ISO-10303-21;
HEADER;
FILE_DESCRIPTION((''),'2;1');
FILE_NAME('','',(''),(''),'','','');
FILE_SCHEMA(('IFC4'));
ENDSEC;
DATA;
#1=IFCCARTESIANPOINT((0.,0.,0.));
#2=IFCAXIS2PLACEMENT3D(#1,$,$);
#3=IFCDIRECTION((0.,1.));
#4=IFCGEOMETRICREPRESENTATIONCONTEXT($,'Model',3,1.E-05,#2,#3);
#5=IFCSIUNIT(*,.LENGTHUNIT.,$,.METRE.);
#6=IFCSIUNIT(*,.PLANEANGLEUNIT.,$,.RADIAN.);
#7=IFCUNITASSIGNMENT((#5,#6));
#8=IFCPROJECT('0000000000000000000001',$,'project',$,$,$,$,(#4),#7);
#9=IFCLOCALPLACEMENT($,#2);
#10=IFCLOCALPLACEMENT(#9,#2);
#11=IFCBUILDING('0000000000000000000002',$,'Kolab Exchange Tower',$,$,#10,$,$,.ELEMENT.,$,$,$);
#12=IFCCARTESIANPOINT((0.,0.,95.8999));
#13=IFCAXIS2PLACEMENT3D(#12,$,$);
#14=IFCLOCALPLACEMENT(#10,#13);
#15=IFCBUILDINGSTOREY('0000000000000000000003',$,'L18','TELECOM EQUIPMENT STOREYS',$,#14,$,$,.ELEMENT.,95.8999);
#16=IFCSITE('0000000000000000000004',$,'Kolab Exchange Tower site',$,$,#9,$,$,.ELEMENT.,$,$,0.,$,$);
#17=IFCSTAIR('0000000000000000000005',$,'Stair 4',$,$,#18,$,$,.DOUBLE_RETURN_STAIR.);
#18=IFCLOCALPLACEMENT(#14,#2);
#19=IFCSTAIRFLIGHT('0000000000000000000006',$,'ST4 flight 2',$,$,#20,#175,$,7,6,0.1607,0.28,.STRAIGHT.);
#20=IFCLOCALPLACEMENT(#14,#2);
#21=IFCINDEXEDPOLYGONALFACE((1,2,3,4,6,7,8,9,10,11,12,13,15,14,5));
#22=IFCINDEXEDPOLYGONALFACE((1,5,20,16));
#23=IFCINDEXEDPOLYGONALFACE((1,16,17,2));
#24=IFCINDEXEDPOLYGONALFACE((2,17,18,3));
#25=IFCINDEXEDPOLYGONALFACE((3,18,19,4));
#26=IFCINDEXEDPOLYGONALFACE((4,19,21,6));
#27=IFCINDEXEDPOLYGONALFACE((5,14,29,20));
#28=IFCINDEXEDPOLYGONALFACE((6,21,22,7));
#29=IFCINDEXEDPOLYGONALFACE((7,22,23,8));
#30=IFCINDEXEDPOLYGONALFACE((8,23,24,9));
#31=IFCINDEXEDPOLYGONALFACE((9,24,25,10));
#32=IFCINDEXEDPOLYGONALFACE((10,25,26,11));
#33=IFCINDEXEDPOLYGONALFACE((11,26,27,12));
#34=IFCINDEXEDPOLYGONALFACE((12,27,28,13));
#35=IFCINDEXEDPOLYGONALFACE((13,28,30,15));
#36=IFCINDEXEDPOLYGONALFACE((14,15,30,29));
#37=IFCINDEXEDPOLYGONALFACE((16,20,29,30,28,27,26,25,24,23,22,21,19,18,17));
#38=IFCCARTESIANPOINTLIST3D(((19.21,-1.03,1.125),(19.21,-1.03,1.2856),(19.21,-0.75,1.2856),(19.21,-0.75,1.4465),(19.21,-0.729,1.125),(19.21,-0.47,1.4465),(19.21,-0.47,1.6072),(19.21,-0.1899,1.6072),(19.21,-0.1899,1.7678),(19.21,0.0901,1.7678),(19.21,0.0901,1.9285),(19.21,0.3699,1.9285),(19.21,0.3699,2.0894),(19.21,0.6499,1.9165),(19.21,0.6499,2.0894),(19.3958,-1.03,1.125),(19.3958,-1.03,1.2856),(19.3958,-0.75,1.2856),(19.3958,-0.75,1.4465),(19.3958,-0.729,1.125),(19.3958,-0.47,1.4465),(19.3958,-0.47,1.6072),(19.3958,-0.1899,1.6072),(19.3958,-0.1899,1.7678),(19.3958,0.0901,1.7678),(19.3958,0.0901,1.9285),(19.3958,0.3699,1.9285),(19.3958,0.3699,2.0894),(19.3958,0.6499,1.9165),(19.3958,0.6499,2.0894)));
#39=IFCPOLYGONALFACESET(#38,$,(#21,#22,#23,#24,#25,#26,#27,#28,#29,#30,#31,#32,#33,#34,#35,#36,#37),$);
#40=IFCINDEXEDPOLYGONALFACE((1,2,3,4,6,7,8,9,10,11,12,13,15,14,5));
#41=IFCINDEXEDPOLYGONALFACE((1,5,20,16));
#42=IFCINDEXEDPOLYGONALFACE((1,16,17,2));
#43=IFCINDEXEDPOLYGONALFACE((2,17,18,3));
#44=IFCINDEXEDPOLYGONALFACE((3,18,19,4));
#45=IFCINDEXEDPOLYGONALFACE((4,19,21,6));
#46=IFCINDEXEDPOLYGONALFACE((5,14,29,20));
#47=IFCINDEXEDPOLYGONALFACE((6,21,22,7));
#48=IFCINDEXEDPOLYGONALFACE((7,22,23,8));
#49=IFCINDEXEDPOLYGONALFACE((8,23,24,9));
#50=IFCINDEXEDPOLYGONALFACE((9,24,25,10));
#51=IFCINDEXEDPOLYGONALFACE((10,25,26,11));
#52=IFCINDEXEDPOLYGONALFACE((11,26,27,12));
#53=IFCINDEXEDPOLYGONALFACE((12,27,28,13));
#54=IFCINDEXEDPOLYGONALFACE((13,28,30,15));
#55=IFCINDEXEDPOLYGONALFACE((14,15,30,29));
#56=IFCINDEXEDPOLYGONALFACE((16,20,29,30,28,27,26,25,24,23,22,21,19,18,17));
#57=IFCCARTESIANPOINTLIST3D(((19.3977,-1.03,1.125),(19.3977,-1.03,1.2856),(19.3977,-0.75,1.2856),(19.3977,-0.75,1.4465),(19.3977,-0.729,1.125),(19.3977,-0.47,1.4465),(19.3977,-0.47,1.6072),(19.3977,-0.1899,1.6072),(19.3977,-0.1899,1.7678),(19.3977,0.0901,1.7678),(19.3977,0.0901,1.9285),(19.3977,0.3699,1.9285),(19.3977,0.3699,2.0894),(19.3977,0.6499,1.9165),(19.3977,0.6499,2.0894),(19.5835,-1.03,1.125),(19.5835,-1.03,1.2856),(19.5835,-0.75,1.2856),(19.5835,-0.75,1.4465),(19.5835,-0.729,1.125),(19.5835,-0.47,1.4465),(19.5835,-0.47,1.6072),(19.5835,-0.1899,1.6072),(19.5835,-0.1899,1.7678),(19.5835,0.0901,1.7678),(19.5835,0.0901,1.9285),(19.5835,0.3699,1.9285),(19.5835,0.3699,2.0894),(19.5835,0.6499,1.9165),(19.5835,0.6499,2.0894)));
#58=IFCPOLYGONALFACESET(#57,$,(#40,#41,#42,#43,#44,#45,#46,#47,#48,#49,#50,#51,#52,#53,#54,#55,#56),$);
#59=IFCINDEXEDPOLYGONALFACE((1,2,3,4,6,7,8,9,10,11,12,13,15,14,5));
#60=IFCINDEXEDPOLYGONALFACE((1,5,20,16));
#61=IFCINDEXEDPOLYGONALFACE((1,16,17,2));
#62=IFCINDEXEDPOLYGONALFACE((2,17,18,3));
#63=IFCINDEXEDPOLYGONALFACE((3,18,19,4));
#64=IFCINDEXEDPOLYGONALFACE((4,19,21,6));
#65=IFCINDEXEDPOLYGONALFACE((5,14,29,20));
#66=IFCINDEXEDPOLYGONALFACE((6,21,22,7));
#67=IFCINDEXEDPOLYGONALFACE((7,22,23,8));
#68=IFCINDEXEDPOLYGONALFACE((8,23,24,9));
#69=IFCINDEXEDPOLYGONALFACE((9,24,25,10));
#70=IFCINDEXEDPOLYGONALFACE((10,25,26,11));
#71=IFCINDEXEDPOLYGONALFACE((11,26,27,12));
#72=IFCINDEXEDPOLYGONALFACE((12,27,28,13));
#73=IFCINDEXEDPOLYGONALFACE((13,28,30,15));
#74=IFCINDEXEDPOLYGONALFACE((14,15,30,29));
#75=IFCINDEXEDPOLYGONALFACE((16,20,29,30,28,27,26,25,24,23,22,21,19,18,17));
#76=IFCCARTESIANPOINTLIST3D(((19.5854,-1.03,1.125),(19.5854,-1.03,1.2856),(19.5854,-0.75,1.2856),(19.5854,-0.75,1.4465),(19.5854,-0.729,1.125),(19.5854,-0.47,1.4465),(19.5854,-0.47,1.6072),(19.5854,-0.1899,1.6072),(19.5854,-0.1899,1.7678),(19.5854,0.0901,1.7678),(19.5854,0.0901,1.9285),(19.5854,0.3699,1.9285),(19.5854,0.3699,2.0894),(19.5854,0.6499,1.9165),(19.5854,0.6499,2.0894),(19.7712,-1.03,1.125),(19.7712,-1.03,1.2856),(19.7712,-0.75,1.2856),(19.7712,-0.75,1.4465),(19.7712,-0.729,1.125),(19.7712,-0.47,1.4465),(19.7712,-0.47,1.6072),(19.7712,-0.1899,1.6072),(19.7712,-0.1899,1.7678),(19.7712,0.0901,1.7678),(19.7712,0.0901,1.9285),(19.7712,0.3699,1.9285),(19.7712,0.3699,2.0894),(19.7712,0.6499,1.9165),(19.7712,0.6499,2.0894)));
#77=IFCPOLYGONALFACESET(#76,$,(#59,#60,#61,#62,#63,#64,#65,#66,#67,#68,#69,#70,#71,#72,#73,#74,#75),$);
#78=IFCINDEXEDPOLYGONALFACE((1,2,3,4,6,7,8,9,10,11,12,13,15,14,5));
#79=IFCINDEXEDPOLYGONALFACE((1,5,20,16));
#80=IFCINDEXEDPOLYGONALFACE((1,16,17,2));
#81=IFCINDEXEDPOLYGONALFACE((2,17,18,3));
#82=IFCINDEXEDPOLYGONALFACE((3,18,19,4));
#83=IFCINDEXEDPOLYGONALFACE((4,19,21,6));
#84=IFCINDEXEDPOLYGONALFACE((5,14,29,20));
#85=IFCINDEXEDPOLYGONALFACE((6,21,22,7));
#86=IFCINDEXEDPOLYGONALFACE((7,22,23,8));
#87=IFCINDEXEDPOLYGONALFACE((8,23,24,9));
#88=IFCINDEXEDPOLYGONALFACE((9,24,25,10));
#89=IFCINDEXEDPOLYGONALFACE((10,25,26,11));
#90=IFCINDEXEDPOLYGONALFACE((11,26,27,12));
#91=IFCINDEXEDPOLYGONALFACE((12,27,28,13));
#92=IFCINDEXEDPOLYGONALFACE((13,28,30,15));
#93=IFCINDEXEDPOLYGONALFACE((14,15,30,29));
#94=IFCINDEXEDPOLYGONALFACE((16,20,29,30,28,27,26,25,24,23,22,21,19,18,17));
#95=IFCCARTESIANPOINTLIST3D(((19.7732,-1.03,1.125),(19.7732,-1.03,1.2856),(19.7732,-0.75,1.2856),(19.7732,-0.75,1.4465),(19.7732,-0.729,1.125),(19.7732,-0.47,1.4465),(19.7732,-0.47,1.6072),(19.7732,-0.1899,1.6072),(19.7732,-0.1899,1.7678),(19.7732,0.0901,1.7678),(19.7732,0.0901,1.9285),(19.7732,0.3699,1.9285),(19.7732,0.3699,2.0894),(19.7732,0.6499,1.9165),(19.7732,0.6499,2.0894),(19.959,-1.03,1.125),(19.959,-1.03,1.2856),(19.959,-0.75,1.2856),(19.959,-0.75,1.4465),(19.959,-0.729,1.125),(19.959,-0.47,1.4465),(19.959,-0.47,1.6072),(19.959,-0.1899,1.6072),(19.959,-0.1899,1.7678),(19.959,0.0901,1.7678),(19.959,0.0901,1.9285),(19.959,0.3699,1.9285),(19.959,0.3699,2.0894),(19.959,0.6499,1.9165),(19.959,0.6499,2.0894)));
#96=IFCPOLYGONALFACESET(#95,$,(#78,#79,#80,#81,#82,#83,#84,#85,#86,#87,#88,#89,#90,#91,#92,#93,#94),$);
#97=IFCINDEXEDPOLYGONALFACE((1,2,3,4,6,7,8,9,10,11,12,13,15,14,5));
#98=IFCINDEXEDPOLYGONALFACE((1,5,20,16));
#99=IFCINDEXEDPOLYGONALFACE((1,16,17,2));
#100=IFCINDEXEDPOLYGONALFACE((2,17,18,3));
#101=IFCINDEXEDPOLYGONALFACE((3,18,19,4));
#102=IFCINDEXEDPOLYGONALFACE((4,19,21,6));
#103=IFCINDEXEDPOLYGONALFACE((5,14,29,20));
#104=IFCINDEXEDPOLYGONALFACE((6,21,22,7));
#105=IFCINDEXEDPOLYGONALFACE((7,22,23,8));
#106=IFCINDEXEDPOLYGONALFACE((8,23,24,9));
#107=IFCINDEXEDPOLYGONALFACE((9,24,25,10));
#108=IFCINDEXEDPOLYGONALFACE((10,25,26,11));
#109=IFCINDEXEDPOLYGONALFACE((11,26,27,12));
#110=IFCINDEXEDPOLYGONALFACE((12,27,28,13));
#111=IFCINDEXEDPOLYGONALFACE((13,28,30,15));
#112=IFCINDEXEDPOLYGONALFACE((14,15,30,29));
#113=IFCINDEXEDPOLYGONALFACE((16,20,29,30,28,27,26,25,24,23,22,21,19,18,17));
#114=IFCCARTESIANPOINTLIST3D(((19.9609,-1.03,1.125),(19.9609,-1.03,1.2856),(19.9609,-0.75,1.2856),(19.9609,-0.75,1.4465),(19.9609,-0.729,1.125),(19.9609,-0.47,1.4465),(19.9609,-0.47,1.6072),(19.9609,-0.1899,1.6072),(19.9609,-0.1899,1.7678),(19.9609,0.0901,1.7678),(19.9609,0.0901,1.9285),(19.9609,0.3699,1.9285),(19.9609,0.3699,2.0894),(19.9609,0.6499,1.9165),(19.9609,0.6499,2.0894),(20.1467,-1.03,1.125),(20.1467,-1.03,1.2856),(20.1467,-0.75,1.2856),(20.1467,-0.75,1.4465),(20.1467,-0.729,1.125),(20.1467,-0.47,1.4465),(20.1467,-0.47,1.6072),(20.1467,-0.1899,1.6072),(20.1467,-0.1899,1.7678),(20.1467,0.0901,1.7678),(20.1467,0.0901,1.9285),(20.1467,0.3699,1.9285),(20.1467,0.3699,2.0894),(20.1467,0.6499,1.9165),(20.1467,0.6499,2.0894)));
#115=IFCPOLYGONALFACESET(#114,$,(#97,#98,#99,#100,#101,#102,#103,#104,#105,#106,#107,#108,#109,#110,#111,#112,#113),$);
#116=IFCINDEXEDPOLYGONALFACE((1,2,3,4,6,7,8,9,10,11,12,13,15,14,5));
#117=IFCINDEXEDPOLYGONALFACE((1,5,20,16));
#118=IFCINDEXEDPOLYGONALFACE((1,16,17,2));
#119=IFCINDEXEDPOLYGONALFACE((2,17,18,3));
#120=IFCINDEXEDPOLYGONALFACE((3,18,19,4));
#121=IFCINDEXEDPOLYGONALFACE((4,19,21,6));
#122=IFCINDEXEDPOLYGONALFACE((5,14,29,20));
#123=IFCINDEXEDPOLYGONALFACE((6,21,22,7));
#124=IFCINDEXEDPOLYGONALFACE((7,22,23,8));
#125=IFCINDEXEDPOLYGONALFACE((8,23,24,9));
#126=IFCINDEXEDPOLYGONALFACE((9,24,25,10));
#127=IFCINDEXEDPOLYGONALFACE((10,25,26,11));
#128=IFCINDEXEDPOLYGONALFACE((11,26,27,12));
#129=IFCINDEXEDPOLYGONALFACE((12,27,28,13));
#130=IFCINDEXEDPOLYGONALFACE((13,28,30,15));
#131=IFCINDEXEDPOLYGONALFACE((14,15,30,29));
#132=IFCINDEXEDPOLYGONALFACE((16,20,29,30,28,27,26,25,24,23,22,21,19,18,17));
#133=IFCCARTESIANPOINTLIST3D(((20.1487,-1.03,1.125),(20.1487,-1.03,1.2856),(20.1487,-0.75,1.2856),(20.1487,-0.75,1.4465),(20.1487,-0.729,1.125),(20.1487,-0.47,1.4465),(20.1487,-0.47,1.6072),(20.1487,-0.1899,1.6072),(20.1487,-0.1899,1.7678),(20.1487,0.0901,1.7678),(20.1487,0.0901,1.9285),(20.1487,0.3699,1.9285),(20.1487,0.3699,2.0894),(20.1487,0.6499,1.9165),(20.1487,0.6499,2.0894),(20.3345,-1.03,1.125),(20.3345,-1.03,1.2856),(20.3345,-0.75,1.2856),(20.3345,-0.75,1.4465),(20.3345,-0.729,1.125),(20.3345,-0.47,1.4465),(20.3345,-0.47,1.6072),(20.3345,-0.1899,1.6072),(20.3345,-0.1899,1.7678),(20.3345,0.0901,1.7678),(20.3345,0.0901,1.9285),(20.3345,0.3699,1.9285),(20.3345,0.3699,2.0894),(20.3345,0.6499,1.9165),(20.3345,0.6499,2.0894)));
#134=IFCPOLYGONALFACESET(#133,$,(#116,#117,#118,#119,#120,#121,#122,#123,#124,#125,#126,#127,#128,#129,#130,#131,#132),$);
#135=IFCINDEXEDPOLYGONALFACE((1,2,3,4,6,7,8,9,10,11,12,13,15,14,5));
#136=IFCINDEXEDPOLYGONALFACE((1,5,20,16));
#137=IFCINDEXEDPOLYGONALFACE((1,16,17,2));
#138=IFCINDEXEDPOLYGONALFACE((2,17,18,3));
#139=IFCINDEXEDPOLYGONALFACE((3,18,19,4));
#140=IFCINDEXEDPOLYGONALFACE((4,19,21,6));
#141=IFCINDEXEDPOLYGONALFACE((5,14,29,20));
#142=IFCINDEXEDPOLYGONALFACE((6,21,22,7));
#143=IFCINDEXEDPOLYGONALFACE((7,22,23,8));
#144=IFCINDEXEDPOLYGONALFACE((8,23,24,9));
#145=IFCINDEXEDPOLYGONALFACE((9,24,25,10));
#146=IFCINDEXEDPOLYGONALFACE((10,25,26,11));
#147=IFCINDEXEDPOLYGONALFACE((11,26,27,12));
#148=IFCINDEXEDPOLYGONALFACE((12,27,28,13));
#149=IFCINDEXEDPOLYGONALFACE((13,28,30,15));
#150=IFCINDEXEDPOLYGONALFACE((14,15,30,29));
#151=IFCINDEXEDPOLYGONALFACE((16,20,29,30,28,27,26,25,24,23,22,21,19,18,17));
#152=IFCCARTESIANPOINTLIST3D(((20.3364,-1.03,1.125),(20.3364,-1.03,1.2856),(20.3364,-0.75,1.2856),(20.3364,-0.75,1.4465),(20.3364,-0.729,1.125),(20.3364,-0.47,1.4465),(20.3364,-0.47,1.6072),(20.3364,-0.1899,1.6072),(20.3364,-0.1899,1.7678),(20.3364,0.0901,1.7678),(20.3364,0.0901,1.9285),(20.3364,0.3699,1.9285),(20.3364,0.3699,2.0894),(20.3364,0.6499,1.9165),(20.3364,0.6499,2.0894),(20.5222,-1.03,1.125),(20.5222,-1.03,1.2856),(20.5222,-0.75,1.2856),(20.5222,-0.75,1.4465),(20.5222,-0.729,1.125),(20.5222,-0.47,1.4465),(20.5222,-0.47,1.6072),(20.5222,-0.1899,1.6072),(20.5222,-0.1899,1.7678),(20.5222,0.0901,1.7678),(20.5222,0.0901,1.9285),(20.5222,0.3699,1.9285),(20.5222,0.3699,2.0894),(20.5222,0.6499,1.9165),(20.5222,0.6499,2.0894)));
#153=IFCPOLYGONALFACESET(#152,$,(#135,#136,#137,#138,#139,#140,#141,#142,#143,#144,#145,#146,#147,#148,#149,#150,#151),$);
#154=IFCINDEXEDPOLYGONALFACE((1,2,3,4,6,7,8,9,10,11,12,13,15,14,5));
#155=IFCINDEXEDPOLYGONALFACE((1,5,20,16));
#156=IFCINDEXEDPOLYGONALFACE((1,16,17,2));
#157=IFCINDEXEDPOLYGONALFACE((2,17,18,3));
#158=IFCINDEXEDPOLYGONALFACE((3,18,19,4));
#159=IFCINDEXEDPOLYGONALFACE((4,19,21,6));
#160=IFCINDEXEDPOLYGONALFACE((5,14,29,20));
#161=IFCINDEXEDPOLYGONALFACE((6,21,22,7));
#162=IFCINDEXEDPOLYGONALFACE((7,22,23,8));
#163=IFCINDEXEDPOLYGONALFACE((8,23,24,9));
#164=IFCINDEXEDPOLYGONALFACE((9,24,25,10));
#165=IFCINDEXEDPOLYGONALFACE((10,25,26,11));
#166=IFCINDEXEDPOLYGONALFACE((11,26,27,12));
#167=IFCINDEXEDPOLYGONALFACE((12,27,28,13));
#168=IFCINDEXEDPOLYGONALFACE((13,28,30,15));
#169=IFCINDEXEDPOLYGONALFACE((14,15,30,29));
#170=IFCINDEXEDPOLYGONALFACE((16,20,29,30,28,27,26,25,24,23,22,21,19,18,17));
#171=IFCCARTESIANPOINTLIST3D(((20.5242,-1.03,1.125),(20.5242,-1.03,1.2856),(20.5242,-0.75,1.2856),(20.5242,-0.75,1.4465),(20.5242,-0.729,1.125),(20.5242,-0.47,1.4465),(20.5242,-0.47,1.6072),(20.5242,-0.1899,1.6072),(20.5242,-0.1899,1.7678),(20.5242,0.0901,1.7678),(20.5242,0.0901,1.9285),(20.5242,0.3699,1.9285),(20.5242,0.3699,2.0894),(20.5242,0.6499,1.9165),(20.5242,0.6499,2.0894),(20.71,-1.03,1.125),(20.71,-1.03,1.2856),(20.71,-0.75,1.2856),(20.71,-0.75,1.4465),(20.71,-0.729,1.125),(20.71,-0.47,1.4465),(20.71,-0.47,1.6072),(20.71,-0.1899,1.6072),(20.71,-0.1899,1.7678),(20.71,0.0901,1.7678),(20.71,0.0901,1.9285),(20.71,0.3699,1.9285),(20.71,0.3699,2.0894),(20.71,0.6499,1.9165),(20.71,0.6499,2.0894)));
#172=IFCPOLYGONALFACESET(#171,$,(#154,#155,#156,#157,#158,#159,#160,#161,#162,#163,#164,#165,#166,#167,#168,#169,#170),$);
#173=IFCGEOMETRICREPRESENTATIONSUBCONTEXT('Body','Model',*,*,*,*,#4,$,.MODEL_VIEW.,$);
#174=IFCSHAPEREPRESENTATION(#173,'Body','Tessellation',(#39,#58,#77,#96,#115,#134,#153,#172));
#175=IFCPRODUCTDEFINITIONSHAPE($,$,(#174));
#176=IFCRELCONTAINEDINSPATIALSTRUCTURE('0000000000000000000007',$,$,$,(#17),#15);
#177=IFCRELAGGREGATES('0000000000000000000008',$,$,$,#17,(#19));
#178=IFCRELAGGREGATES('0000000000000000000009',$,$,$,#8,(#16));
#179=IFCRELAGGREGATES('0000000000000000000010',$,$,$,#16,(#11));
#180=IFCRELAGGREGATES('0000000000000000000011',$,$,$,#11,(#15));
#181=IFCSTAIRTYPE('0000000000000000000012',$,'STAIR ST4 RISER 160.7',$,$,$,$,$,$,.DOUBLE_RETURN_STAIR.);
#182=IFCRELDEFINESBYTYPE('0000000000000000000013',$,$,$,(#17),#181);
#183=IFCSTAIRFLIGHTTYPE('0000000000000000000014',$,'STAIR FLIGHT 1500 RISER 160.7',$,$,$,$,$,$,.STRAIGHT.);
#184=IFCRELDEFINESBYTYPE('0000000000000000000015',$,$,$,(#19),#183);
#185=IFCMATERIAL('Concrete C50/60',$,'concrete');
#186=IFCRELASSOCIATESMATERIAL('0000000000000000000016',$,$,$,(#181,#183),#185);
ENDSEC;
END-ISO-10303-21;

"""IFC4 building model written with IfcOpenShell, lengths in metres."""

from ifc_helpers import new_model, si_unit, direction, frame, origin, place, context, subcontext, project, spatial, polyline, outline, extrude, material, type_object, element, aggregate, save


model = new_model("IFC4")

# Units and contexts
model_context = context("Model", 3, precision=1e-05, world=origin(), true_north=direction((0.0, 1.0)))
body_context = subcontext(model_context, "Body", "Model", "MODEL_VIEW")
ifc_project = project(units=[si_unit("LENGTHUNIT", "METRE"), si_unit("PLANEANGLEUNIT", "RADIAN")], contexts=[model_context])

# Site, building, storey
site_placement = place(None, origin())
site = spatial("IfcSite", under=ifc_project, at=site_placement, Name="Kolab Exchange Tower site", CompositionType="ELEMENT", RefElevation=0.0)
building_placement = place(site_placement, origin())
building = spatial("IfcBuilding", under=site, at=building_placement, Name="Kolab Exchange Tower", CompositionType="ELEMENT")
storey_placement = place(building_placement, frame((0.0, 0.0, 95.8999)))
storey = spatial("IfcBuildingStorey", under=building, at=storey_placement, Name="L18", Description="TELECOM EQUIPMENT STOREYS", CompositionType="ELEMENT", Elevation=95.8999)

# Shared definitions
ifc_material_1 = material(Name="Concrete C50/60", Category="concrete")

# Stair, stair flight
stair_type = type_object("IfcStairType", Name="STAIR ST4 RISER 160.7", PredefinedType="DOUBLE_RETURN_STAIR", material=ifc_material_1)
stair_placement = place(storey_placement, origin())
stair = element("IfcStair", 1, at=stair_placement, inside=storey, type_object=stair_type, Name="Stair 4", PredefinedType="DOUBLE_RETURN_STAIR")
stair_flight_type = type_object("IfcStairFlightType", Name="STAIR FLIGHT 1500 RISER 160.7", PredefinedType="STRAIGHT", material=ifc_material_1)
stair_flight_1_placement = place(storey_placement, frame((19.96, -1.03, 1.125), z_axis=(0.0, 0.0, 1.0), x_axis=(0.0, 1.0, 0.0)))
stair_flight_1 = element("IfcStairFlight", 2, at=stair_flight_1_placement, type_object=stair_flight_type, Name="ST4 flight 2", NumberOfRisers=7, NumberOfTreads=6, PredefinedType="STRAIGHT", RiserHeight=0.1607, TreadLength=0.28, context=body_context, shape_type="SweptSolid", body=[
    extrude(outline(polyline([(0.0, 0.0), (0.0, 0.1606), (0.28, 0.1606), (0.28, 0.3215), (0.5601, 0.3215), (0.5601, 0.4822), (0.8401, 0.4822), (0.8401, 0.6428), (1.1201, 0.6428), (1.1201, 0.8035), (1.3999, 0.8035), (1.3999, 0.9644), (1.6799, 0.9644), (1.6799, 1.125), (1.6799, 0.7915), (0.301, 0.0), (0.0, 0.0)])), frame((0.0, 0.75, 0.0), z_axis=(0.0, -1.0, 0.0), x_axis=(1.0, 0.0, 0.0)), (0.0, 0.0, 1.0), 0.1858),
    extrude(outline(polyline([(0.0, 0.0), (0.0, 0.1606), (0.28, 0.1606), (0.28, 0.3215), (0.5601, 0.3215), (0.5601, 0.4822), (0.8401, 0.4822), (0.8401, 0.6428), (1.1201, 0.6428), (1.1201, 0.8035), (1.3999, 0.8035), (1.3999, 0.9644), (1.6799, 0.9644), (1.6799, 1.125), (1.6799, 0.7915), (0.301, 0.0), (0.0, 0.0)])), frame((0.0, 0.5623, 0.0), z_axis=(0.0, -1.0, 0.0), x_axis=(1.0, 0.0, 0.0)), (0.0, 0.0, 1.0), 0.1858),
    extrude(outline(polyline([(0.0, 0.0), (0.0, 0.1606), (0.28, 0.1606), (0.28, 0.3215), (0.5601, 0.3215), (0.5601, 0.4822), (0.8401, 0.4822), (0.8401, 0.6428), (1.1201, 0.6428), (1.1201, 0.8035), (1.3999, 0.8035), (1.3999, 0.9644), (1.6799, 0.9644), (1.6799, 1.125), (1.6799, 0.7915), (0.301, 0.0), (0.0, 0.0)])), frame((0.0, 0.3745, 0.0), z_axis=(0.0, -1.0, 0.0), x_axis=(1.0, 0.0, 0.0)), (0.0, 0.0, 1.0), 0.1858),
    extrude(outline(polyline([(0.0, 0.0), (0.0, 0.1606), (0.28, 0.1606), (0.28, 0.3215), (0.5601, 0.3215), (0.5601, 0.4822), (0.8401, 0.4822), (0.8401, 0.6428), (1.1201, 0.6428), (1.1201, 0.8035), (1.3999, 0.8035), (1.3999, 0.9644), (1.6799, 0.9644), (1.6799, 1.125), (1.6799, 0.7915), (0.301, 0.0), (0.0, 0.0)])), frame((0.0, 0.1868, 0.0), z_axis=(0.0, -1.0, 0.0), x_axis=(1.0, 0.0, 0.0)), (0.0, 0.0, 1.0), 0.1858),
    extrude(outline(polyline([(0.0, 0.0), (0.0, 0.1606), (0.28, 0.1606), (0.28, 0.3215), (0.5601, 0.3215), (0.5601, 0.4822), (0.8401, 0.4822), (0.8401, 0.6428), (1.1201, 0.6428), (1.1201, 0.8035), (1.3999, 0.8035), (1.3999, 0.9644), (1.6799, 0.9644), (1.6799, 1.125), (1.6799, 0.7915), (0.301, 0.0), (0.0, 0.0)])), frame((0.0, -0.001, 0.0), z_axis=(0.0, -1.0, 0.0), x_axis=(1.0, 0.0, 0.0)), (0.0, 0.0, 1.0), 0.1858),
    extrude(outline(polyline([(0.0, 0.0), (0.0, 0.1606), (0.28, 0.1606), (0.28, 0.3215), (0.5601, 0.3215), (0.5601, 0.4822), (0.8401, 0.4822), (0.8401, 0.6428), (1.1201, 0.6428), (1.1201, 0.8035), (1.3999, 0.8035), (1.3999, 0.9644), (1.6799, 0.9644), (1.6799, 1.125), (1.6799, 0.7915), (0.301, 0.0), (0.0, 0.0)])), frame((0.0, -0.1887, 0.0), z_axis=(0.0, -1.0, 0.0), x_axis=(1.0, 0.0, 0.0)), (0.0, 0.0, 1.0), 0.1858),
    extrude(outline(polyline([(0.0, 0.0), (0.0, 0.1606), (0.28, 0.1606), (0.28, 0.3215), (0.5601, 0.3215), (0.5601, 0.4822), (0.8401, 0.4822), (0.8401, 0.6428), (1.1201, 0.6428), (1.1201, 0.8035), (1.3999, 0.8035), (1.3999, 0.9644), (1.6799, 0.9644), (1.6799, 1.125), (1.6799, 0.7915), (0.301, 0.0), (0.0, 0.0)])), frame((0.0, -0.3765, 0.0), z_axis=(0.0, -1.0, 0.0), x_axis=(1.0, 0.0, 0.0)), (0.0, 0.0, 1.0), 0.1858),
    extrude(outline(polyline([(0.0, 0.0), (0.0, 0.1606), (0.28, 0.1606), (0.28, 0.3215), (0.5601, 0.3215), (0.5601, 0.4822), (0.8401, 0.4822), (0.8401, 0.6428), (1.1201, 0.6428), (1.1201, 0.8035), (1.3999, 0.8035), (1.3999, 0.9644), (1.6799, 0.9644), (1.6799, 1.125), (1.6799, 0.7915), (0.301, 0.0), (0.0, 0.0)])), frame((0.0, -0.5642, 0.0), z_axis=(0.0, -1.0, 0.0), x_axis=(1.0, 0.0, 0.0)), (0.0, 0.0, 1.0), 0.1858),
])
aggregate(stair, [stair_flight_1])

save(model, "model.ifc")
